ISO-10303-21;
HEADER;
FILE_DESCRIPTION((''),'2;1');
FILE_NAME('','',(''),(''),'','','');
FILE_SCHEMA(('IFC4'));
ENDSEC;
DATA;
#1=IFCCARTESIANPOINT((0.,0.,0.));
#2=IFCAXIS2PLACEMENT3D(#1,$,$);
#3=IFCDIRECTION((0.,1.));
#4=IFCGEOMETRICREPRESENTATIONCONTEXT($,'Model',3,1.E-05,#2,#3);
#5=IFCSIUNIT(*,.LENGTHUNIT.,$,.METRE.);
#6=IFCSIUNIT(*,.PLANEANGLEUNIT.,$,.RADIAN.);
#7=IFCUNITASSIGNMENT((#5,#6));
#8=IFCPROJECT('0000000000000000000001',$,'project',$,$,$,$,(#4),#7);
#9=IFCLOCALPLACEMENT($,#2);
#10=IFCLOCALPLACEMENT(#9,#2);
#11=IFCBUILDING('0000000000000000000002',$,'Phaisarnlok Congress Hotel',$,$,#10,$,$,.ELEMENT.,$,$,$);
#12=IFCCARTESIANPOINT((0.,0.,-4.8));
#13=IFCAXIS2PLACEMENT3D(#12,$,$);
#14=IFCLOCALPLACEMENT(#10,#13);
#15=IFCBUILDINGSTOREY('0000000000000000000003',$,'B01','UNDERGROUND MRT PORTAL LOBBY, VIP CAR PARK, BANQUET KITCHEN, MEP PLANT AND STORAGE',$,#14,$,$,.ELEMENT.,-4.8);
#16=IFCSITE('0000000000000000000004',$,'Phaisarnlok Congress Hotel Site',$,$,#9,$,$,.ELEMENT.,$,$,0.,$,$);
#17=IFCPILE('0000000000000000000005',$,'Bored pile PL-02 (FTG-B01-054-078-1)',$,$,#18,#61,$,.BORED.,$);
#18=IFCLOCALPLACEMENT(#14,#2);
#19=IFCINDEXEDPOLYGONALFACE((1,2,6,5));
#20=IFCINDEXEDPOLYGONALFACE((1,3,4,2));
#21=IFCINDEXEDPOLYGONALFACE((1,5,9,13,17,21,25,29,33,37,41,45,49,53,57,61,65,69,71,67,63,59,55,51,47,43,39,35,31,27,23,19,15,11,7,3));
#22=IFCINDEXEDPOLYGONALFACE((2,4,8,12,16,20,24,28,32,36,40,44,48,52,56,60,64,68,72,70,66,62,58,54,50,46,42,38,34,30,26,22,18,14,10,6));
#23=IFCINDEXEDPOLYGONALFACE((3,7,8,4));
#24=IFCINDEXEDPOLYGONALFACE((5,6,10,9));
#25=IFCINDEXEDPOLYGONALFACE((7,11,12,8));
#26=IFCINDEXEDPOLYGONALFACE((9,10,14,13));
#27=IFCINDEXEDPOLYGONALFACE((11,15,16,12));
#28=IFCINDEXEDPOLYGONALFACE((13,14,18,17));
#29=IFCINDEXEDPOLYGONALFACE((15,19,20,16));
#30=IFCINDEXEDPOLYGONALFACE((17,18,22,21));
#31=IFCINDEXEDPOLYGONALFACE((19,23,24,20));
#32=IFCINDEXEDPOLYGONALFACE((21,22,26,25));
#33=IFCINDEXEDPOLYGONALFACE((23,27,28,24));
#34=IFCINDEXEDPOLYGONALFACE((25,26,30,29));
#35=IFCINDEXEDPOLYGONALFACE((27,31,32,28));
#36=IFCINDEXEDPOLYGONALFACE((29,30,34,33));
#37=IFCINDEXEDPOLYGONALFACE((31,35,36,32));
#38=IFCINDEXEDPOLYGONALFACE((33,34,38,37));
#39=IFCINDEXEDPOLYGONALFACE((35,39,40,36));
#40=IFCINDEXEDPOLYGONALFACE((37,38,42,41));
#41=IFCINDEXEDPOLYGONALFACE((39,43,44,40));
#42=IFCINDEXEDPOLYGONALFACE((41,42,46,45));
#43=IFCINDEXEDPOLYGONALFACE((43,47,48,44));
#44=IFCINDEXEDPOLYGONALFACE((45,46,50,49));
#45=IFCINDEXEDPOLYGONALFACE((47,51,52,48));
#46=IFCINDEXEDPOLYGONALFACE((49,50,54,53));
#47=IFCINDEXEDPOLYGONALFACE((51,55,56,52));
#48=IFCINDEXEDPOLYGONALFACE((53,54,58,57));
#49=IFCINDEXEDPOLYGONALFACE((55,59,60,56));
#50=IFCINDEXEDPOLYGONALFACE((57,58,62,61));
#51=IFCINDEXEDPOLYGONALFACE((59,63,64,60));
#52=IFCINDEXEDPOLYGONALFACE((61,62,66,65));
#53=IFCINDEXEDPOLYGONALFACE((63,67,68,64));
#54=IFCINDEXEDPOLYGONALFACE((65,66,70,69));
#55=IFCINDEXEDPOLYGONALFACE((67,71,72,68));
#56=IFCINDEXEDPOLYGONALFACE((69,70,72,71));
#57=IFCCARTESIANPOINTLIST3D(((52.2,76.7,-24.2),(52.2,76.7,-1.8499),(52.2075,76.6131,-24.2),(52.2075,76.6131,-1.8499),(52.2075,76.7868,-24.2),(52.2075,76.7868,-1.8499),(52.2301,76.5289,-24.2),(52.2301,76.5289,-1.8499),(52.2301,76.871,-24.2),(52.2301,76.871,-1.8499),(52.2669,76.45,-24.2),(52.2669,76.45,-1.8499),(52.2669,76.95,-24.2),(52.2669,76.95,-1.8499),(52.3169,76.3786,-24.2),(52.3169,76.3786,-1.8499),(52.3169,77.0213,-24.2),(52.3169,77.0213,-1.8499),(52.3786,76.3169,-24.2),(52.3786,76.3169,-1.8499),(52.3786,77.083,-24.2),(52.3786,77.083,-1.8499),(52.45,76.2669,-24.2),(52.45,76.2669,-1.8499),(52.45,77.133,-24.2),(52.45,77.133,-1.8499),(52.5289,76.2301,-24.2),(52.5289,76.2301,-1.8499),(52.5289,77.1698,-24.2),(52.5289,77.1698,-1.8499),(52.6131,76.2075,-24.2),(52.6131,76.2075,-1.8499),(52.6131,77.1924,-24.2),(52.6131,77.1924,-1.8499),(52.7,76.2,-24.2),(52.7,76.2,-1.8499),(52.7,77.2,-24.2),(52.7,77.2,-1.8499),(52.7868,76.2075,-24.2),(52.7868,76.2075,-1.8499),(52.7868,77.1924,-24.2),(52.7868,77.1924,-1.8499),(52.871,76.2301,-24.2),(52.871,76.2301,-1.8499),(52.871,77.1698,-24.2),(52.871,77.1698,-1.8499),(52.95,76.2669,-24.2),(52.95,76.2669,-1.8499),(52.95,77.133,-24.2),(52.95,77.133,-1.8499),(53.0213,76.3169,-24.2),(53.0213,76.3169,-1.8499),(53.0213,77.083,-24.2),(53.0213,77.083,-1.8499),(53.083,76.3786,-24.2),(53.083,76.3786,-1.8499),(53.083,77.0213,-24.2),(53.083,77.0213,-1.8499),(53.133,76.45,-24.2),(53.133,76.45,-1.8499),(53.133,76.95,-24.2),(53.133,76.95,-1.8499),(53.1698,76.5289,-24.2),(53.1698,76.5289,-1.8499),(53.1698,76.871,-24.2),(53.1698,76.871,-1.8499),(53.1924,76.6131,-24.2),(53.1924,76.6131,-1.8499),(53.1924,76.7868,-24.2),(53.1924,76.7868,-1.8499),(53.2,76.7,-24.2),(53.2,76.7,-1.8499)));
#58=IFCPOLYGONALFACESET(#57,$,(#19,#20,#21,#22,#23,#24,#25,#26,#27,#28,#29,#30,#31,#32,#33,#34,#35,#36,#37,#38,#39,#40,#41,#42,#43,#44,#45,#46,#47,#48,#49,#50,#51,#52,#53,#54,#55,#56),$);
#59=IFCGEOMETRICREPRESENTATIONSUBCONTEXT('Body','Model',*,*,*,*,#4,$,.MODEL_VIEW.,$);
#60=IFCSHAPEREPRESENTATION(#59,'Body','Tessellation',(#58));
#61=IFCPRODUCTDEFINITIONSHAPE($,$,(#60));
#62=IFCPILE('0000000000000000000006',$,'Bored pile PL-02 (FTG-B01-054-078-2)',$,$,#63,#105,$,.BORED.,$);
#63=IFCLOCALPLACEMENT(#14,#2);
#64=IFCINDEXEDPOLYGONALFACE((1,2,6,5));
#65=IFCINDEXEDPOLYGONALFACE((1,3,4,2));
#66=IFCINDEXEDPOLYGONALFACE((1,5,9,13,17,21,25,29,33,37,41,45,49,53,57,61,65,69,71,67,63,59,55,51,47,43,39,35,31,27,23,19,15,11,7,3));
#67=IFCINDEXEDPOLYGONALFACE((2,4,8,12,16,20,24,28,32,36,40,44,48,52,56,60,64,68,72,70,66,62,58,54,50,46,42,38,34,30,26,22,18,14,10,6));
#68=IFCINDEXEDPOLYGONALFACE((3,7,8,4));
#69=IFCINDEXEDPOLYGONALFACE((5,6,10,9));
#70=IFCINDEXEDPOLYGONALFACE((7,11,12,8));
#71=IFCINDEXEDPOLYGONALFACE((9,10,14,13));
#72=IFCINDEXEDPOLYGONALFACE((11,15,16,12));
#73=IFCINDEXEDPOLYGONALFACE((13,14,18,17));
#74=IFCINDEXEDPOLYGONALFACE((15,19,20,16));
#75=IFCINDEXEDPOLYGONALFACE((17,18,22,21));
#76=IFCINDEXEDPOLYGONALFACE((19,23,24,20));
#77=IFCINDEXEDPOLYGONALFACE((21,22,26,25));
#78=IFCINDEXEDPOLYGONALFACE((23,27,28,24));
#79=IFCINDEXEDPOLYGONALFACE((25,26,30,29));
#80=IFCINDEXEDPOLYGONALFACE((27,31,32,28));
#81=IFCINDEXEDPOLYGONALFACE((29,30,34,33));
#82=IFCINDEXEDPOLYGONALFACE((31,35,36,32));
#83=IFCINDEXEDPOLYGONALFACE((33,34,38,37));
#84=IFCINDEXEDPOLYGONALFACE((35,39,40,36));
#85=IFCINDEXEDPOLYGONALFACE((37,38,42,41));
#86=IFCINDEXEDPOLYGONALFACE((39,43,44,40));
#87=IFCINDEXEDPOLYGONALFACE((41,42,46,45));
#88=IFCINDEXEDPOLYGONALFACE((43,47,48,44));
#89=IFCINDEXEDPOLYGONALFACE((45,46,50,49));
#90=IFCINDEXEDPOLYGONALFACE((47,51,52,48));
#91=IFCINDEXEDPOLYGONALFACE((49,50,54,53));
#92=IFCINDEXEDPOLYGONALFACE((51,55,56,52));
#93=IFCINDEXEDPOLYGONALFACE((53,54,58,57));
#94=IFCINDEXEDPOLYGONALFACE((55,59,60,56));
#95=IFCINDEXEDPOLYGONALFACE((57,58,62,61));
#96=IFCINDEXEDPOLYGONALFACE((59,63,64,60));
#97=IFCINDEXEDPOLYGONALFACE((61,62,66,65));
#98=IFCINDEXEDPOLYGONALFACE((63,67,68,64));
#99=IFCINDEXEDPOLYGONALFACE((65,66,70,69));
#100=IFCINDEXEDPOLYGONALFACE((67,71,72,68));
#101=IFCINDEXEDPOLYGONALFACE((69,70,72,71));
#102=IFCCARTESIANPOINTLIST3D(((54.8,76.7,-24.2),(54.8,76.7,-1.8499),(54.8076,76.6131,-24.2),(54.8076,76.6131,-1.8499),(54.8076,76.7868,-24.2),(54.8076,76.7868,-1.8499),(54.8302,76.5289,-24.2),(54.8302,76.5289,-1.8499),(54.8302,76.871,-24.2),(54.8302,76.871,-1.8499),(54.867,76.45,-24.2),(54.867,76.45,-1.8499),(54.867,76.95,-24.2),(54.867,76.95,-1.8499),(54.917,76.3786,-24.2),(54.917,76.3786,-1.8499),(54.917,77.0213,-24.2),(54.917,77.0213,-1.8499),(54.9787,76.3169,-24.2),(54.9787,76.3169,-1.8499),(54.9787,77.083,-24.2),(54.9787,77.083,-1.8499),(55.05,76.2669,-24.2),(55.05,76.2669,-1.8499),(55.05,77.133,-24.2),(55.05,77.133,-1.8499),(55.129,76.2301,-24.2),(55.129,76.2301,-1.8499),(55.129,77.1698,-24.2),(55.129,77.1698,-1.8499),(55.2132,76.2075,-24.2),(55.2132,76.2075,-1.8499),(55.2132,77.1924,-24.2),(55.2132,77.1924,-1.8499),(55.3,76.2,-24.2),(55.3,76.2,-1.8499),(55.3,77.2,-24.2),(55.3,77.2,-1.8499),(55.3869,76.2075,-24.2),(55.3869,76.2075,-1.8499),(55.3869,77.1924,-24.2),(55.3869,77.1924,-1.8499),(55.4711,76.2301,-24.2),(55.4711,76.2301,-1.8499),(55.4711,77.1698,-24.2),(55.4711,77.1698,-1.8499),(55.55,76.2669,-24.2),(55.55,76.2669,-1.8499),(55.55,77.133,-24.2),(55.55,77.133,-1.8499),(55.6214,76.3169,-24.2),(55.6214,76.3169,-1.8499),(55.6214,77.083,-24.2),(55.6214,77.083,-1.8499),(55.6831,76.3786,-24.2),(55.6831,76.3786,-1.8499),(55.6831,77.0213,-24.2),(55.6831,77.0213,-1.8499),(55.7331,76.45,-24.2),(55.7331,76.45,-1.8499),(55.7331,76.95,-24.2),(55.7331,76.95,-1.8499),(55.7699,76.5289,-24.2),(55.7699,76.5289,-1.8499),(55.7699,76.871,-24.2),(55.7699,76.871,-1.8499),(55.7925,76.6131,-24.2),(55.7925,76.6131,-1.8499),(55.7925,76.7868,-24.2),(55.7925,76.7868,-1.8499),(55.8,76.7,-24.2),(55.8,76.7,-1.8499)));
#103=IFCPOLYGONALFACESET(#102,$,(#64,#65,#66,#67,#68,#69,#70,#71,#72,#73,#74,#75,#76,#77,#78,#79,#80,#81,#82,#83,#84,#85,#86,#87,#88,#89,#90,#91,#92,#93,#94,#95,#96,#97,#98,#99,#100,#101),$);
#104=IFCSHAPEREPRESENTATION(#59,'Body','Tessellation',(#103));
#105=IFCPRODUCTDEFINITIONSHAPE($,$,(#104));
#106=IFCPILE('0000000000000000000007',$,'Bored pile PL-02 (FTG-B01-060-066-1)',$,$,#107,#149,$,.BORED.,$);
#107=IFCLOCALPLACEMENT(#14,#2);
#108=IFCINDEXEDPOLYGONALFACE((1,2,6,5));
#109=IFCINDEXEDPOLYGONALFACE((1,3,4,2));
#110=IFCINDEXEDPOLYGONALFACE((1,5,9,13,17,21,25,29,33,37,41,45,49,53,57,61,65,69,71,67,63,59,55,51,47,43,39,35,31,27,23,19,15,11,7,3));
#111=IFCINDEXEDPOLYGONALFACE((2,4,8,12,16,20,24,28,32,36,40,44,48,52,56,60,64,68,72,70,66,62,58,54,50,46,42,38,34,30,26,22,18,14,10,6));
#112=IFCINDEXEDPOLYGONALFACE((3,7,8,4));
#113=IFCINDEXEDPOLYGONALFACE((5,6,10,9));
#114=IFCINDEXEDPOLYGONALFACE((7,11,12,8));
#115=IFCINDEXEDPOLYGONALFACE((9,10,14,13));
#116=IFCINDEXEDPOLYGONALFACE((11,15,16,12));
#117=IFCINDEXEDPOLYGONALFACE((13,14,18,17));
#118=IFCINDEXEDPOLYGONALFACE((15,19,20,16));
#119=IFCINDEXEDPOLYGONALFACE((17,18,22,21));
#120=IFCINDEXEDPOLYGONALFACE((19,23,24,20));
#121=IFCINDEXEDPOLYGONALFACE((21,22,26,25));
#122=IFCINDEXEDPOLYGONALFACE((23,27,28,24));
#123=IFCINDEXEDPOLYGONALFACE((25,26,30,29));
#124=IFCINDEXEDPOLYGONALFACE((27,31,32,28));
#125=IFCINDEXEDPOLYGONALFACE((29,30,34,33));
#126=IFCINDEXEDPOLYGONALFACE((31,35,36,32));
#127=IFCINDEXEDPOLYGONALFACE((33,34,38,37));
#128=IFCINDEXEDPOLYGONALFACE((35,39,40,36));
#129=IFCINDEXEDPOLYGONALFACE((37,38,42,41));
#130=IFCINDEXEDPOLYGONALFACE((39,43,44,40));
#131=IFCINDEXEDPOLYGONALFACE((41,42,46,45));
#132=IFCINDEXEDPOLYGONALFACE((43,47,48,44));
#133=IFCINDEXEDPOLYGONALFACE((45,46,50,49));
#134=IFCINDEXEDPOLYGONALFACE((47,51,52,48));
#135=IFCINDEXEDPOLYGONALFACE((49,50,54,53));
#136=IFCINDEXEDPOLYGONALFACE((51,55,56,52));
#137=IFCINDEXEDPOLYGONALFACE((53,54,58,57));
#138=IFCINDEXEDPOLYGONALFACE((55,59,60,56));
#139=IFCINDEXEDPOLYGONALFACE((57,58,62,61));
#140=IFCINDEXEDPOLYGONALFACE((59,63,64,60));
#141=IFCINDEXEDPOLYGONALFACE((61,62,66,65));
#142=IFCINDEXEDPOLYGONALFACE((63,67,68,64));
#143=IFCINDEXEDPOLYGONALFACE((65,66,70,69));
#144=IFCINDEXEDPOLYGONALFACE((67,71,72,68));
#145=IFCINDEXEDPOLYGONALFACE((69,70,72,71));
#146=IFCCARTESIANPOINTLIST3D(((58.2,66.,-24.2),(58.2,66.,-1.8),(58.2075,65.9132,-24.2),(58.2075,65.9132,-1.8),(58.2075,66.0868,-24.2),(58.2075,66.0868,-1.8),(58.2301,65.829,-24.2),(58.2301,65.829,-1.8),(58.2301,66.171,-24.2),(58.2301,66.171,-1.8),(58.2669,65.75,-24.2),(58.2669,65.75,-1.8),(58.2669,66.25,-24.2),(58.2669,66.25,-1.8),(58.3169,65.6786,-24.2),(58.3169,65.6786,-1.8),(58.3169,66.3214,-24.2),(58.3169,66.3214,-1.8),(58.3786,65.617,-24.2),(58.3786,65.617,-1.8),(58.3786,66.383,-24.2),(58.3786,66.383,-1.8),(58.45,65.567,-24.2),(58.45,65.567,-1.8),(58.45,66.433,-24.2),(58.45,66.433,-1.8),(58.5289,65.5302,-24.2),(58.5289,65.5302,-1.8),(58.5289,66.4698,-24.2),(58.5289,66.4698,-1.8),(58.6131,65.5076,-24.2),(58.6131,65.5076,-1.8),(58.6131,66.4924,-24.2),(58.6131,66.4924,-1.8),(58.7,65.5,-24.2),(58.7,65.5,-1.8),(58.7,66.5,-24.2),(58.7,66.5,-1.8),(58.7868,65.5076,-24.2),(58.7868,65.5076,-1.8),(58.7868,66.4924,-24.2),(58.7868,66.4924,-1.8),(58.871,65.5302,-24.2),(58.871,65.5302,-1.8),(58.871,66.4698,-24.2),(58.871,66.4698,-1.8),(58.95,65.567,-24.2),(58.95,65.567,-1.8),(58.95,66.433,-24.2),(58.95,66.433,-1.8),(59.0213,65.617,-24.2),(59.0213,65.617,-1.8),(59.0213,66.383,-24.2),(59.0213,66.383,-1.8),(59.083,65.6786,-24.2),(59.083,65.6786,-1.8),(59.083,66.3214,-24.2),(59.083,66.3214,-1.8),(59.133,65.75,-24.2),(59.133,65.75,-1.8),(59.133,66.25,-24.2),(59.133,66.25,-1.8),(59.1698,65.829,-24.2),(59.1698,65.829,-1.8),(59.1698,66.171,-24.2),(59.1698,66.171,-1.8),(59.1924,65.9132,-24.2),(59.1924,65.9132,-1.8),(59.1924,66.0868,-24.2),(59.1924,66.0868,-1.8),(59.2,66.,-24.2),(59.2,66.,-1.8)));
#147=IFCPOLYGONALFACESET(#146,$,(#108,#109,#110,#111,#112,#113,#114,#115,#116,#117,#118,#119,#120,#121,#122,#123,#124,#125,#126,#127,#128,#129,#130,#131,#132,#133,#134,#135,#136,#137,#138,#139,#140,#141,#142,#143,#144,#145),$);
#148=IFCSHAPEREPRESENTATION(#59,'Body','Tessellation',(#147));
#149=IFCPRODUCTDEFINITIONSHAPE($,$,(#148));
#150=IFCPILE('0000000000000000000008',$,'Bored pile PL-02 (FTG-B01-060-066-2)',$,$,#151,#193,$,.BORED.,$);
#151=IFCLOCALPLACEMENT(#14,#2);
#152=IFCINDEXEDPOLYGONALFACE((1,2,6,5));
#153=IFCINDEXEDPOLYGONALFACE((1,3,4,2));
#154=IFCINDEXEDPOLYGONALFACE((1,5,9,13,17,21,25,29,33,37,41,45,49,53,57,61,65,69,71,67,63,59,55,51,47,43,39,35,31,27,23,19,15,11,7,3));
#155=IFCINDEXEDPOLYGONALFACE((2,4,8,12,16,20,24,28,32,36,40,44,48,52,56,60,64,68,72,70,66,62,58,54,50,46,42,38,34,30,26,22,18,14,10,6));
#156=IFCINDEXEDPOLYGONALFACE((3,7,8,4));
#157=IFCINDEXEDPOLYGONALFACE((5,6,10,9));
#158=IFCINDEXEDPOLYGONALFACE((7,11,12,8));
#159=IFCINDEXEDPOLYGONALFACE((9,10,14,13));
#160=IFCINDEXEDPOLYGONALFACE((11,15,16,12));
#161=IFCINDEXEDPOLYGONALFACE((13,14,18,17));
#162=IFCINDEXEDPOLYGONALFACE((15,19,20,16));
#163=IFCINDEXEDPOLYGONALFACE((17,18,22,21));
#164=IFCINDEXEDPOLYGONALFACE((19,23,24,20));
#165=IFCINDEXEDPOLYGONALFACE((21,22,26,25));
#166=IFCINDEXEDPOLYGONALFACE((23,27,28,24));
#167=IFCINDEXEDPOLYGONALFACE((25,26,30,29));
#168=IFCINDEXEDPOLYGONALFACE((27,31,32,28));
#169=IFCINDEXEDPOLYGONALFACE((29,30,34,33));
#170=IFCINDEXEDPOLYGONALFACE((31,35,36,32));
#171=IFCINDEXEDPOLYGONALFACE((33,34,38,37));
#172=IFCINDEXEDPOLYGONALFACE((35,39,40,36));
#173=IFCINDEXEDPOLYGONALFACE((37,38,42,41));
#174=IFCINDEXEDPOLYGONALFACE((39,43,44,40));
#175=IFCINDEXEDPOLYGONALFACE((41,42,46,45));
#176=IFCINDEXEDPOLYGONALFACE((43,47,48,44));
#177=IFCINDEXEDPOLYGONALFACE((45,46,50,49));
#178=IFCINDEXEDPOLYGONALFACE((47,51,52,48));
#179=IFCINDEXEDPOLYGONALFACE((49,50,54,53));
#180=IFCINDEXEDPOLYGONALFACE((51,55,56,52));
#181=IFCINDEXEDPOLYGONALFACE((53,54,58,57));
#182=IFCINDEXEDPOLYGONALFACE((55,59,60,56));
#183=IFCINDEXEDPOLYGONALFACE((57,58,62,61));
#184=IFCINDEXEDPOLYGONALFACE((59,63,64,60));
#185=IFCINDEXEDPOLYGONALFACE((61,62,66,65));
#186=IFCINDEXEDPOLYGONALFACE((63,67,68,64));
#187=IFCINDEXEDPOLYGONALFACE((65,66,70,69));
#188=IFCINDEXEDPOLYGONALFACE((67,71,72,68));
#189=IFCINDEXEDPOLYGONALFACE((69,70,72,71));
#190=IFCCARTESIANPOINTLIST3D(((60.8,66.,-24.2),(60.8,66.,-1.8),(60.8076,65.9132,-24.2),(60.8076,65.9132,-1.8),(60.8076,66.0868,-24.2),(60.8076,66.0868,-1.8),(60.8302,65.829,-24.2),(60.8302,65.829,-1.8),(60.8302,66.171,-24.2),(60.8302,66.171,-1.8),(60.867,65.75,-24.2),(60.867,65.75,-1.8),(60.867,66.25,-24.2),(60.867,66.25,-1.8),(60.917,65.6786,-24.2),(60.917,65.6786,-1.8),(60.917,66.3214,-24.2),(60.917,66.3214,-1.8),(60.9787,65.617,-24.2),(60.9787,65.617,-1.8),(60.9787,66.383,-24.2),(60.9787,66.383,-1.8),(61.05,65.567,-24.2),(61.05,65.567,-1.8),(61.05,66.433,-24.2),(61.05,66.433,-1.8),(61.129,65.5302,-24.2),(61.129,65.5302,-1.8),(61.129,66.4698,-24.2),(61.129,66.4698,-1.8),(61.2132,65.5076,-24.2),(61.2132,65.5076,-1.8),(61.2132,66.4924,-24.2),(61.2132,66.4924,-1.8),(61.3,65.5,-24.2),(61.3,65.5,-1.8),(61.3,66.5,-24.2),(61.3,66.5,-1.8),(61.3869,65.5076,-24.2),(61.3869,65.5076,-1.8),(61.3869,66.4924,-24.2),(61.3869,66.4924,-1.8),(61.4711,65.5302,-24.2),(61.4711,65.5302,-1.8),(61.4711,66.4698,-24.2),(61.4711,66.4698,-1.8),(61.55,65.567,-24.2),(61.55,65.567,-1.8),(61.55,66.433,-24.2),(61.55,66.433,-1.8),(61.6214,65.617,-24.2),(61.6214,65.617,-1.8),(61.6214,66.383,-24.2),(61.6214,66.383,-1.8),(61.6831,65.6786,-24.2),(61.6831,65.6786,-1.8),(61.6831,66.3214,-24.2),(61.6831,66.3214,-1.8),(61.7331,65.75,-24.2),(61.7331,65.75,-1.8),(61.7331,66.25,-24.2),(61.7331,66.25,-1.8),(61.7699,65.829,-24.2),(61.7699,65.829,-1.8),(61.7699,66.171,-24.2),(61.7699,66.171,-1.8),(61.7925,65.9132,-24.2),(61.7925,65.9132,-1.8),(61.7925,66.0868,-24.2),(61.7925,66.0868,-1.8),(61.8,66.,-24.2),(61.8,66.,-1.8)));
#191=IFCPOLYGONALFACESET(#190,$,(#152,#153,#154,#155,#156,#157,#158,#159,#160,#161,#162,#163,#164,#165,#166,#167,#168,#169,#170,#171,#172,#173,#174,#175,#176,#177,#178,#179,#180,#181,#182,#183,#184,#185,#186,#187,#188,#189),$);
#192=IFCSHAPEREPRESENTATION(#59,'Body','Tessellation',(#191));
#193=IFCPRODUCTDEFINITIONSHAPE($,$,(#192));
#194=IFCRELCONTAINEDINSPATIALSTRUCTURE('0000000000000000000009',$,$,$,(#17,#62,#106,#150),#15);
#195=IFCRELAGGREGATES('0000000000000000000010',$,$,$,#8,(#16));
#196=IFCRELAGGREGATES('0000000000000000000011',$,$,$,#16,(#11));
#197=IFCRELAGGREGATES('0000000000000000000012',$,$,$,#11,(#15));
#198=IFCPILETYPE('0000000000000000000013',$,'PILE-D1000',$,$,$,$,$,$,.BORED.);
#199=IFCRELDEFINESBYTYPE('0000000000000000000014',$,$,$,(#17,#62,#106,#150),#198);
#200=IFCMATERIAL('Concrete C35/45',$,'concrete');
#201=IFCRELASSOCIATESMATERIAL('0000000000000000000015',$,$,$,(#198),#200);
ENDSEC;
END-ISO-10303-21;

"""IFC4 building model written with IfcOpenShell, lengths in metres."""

from ifc_helpers import new_model, si_unit, direction, frame, origin, origin_2d, place, context, subcontext, project, spatial, circle, extrude, material, material_profile, profile_set, type_object, element, save


model = new_model("IFC4")

# Units and contexts
model_context = context("Model", 3, precision=1e-05, world=origin(), true_north=direction((0.0, 1.0)))
body_context = subcontext(model_context, "Body", "Model", "MODEL_VIEW")
ifc_project = project(units=[si_unit("LENGTHUNIT", "METRE"), si_unit("PLANEANGLEUNIT", "RADIAN")], contexts=[model_context])

# Site, building, storey
site_placement = place(None, origin())
site = spatial("IfcSite", under=ifc_project, at=site_placement, Name="Phaisarnlok Congress Hotel Site", CompositionType="ELEMENT", RefElevation=0.0)
building_placement = place(site_placement, origin())
building = spatial("IfcBuilding", under=site, at=building_placement, Name="Phaisarnlok Congress Hotel", CompositionType="ELEMENT")
storey_placement = place(building_placement, frame((0.0, 0.0, -4.8)))
storey = spatial("IfcBuildingStorey", under=building, at=storey_placement, Name="B01", Description="UNDERGROUND MRT PORTAL LOBBY, VIP CAR PARK, BANQUET KITCHEN, MEP PLANT AND STORAGE", CompositionType="ELEMENT", Elevation=-4.8)

# Piles
ifc_material_1 = material(Name="Concrete C35/45", Category="concrete")
ifc_material_profile_1 = material_profile(ifc_material_1, circle(Radius=0.5, at=origin_2d()), Name="BORED PILE D1000")
ifc_profile_set_1 = profile_set([ifc_material_profile_1], Name="Concrete C35/45")
pile_type_1 = type_object("IfcPileType", Name="PILE-D1000", PredefinedType="BORED", material=ifc_profile_set_1)
for number, where, z_axis, x_axis, name in (
    (1, (52.7, 76.7, -1.8499), (0.0, 0.0, -1.0), (1.0, 0.0, 0.0), "Bored pile PL-02 (FTG-B01-054-078-1)"),
    (2, (55.3, 76.7, -1.8499), (0.0, 0.0, -1.0), (1.0, 0.0, 0.0), "Bored pile PL-02 (FTG-B01-054-078-2)"),
):
    element("IfcPile", number, at=place(storey_placement, frame(where, z_axis=z_axis, x_axis=x_axis)), inside=storey, type_object=pile_type_1, Name=name, PredefinedType="BORED", context=body_context, shape_type="SweptSolid", body=[
        extrude(circle(Radius=0.5, at=origin_2d()), origin(), (0.0, 0.0, 1.0), 22.3501),
    ])
for number, where, z_axis, x_axis, name in (
    (3, (58.7, 66.0, -1.8), (0.0, 0.0, -1.0), (1.0, 0.0, 0.0), "Bored pile PL-02 (FTG-B01-060-066-1)"),
    (4, (61.3, 66.0, -1.8), (0.0, 0.0, -1.0), (1.0, 0.0, 0.0), "Bored pile PL-02 (FTG-B01-060-066-2)"),
):
    element("IfcPile", number, at=place(storey_placement, frame(where, z_axis=z_axis, x_axis=x_axis)), inside=storey, type_object=pile_type_1, Name=name, PredefinedType="BORED", context=body_context, shape_type="SweptSolid", body=[
        extrude(circle(Radius=0.5, at=origin_2d()), origin(), (0.0, 0.0, 1.0), 22.3999),
    ])

save(model, "model.ifc")
